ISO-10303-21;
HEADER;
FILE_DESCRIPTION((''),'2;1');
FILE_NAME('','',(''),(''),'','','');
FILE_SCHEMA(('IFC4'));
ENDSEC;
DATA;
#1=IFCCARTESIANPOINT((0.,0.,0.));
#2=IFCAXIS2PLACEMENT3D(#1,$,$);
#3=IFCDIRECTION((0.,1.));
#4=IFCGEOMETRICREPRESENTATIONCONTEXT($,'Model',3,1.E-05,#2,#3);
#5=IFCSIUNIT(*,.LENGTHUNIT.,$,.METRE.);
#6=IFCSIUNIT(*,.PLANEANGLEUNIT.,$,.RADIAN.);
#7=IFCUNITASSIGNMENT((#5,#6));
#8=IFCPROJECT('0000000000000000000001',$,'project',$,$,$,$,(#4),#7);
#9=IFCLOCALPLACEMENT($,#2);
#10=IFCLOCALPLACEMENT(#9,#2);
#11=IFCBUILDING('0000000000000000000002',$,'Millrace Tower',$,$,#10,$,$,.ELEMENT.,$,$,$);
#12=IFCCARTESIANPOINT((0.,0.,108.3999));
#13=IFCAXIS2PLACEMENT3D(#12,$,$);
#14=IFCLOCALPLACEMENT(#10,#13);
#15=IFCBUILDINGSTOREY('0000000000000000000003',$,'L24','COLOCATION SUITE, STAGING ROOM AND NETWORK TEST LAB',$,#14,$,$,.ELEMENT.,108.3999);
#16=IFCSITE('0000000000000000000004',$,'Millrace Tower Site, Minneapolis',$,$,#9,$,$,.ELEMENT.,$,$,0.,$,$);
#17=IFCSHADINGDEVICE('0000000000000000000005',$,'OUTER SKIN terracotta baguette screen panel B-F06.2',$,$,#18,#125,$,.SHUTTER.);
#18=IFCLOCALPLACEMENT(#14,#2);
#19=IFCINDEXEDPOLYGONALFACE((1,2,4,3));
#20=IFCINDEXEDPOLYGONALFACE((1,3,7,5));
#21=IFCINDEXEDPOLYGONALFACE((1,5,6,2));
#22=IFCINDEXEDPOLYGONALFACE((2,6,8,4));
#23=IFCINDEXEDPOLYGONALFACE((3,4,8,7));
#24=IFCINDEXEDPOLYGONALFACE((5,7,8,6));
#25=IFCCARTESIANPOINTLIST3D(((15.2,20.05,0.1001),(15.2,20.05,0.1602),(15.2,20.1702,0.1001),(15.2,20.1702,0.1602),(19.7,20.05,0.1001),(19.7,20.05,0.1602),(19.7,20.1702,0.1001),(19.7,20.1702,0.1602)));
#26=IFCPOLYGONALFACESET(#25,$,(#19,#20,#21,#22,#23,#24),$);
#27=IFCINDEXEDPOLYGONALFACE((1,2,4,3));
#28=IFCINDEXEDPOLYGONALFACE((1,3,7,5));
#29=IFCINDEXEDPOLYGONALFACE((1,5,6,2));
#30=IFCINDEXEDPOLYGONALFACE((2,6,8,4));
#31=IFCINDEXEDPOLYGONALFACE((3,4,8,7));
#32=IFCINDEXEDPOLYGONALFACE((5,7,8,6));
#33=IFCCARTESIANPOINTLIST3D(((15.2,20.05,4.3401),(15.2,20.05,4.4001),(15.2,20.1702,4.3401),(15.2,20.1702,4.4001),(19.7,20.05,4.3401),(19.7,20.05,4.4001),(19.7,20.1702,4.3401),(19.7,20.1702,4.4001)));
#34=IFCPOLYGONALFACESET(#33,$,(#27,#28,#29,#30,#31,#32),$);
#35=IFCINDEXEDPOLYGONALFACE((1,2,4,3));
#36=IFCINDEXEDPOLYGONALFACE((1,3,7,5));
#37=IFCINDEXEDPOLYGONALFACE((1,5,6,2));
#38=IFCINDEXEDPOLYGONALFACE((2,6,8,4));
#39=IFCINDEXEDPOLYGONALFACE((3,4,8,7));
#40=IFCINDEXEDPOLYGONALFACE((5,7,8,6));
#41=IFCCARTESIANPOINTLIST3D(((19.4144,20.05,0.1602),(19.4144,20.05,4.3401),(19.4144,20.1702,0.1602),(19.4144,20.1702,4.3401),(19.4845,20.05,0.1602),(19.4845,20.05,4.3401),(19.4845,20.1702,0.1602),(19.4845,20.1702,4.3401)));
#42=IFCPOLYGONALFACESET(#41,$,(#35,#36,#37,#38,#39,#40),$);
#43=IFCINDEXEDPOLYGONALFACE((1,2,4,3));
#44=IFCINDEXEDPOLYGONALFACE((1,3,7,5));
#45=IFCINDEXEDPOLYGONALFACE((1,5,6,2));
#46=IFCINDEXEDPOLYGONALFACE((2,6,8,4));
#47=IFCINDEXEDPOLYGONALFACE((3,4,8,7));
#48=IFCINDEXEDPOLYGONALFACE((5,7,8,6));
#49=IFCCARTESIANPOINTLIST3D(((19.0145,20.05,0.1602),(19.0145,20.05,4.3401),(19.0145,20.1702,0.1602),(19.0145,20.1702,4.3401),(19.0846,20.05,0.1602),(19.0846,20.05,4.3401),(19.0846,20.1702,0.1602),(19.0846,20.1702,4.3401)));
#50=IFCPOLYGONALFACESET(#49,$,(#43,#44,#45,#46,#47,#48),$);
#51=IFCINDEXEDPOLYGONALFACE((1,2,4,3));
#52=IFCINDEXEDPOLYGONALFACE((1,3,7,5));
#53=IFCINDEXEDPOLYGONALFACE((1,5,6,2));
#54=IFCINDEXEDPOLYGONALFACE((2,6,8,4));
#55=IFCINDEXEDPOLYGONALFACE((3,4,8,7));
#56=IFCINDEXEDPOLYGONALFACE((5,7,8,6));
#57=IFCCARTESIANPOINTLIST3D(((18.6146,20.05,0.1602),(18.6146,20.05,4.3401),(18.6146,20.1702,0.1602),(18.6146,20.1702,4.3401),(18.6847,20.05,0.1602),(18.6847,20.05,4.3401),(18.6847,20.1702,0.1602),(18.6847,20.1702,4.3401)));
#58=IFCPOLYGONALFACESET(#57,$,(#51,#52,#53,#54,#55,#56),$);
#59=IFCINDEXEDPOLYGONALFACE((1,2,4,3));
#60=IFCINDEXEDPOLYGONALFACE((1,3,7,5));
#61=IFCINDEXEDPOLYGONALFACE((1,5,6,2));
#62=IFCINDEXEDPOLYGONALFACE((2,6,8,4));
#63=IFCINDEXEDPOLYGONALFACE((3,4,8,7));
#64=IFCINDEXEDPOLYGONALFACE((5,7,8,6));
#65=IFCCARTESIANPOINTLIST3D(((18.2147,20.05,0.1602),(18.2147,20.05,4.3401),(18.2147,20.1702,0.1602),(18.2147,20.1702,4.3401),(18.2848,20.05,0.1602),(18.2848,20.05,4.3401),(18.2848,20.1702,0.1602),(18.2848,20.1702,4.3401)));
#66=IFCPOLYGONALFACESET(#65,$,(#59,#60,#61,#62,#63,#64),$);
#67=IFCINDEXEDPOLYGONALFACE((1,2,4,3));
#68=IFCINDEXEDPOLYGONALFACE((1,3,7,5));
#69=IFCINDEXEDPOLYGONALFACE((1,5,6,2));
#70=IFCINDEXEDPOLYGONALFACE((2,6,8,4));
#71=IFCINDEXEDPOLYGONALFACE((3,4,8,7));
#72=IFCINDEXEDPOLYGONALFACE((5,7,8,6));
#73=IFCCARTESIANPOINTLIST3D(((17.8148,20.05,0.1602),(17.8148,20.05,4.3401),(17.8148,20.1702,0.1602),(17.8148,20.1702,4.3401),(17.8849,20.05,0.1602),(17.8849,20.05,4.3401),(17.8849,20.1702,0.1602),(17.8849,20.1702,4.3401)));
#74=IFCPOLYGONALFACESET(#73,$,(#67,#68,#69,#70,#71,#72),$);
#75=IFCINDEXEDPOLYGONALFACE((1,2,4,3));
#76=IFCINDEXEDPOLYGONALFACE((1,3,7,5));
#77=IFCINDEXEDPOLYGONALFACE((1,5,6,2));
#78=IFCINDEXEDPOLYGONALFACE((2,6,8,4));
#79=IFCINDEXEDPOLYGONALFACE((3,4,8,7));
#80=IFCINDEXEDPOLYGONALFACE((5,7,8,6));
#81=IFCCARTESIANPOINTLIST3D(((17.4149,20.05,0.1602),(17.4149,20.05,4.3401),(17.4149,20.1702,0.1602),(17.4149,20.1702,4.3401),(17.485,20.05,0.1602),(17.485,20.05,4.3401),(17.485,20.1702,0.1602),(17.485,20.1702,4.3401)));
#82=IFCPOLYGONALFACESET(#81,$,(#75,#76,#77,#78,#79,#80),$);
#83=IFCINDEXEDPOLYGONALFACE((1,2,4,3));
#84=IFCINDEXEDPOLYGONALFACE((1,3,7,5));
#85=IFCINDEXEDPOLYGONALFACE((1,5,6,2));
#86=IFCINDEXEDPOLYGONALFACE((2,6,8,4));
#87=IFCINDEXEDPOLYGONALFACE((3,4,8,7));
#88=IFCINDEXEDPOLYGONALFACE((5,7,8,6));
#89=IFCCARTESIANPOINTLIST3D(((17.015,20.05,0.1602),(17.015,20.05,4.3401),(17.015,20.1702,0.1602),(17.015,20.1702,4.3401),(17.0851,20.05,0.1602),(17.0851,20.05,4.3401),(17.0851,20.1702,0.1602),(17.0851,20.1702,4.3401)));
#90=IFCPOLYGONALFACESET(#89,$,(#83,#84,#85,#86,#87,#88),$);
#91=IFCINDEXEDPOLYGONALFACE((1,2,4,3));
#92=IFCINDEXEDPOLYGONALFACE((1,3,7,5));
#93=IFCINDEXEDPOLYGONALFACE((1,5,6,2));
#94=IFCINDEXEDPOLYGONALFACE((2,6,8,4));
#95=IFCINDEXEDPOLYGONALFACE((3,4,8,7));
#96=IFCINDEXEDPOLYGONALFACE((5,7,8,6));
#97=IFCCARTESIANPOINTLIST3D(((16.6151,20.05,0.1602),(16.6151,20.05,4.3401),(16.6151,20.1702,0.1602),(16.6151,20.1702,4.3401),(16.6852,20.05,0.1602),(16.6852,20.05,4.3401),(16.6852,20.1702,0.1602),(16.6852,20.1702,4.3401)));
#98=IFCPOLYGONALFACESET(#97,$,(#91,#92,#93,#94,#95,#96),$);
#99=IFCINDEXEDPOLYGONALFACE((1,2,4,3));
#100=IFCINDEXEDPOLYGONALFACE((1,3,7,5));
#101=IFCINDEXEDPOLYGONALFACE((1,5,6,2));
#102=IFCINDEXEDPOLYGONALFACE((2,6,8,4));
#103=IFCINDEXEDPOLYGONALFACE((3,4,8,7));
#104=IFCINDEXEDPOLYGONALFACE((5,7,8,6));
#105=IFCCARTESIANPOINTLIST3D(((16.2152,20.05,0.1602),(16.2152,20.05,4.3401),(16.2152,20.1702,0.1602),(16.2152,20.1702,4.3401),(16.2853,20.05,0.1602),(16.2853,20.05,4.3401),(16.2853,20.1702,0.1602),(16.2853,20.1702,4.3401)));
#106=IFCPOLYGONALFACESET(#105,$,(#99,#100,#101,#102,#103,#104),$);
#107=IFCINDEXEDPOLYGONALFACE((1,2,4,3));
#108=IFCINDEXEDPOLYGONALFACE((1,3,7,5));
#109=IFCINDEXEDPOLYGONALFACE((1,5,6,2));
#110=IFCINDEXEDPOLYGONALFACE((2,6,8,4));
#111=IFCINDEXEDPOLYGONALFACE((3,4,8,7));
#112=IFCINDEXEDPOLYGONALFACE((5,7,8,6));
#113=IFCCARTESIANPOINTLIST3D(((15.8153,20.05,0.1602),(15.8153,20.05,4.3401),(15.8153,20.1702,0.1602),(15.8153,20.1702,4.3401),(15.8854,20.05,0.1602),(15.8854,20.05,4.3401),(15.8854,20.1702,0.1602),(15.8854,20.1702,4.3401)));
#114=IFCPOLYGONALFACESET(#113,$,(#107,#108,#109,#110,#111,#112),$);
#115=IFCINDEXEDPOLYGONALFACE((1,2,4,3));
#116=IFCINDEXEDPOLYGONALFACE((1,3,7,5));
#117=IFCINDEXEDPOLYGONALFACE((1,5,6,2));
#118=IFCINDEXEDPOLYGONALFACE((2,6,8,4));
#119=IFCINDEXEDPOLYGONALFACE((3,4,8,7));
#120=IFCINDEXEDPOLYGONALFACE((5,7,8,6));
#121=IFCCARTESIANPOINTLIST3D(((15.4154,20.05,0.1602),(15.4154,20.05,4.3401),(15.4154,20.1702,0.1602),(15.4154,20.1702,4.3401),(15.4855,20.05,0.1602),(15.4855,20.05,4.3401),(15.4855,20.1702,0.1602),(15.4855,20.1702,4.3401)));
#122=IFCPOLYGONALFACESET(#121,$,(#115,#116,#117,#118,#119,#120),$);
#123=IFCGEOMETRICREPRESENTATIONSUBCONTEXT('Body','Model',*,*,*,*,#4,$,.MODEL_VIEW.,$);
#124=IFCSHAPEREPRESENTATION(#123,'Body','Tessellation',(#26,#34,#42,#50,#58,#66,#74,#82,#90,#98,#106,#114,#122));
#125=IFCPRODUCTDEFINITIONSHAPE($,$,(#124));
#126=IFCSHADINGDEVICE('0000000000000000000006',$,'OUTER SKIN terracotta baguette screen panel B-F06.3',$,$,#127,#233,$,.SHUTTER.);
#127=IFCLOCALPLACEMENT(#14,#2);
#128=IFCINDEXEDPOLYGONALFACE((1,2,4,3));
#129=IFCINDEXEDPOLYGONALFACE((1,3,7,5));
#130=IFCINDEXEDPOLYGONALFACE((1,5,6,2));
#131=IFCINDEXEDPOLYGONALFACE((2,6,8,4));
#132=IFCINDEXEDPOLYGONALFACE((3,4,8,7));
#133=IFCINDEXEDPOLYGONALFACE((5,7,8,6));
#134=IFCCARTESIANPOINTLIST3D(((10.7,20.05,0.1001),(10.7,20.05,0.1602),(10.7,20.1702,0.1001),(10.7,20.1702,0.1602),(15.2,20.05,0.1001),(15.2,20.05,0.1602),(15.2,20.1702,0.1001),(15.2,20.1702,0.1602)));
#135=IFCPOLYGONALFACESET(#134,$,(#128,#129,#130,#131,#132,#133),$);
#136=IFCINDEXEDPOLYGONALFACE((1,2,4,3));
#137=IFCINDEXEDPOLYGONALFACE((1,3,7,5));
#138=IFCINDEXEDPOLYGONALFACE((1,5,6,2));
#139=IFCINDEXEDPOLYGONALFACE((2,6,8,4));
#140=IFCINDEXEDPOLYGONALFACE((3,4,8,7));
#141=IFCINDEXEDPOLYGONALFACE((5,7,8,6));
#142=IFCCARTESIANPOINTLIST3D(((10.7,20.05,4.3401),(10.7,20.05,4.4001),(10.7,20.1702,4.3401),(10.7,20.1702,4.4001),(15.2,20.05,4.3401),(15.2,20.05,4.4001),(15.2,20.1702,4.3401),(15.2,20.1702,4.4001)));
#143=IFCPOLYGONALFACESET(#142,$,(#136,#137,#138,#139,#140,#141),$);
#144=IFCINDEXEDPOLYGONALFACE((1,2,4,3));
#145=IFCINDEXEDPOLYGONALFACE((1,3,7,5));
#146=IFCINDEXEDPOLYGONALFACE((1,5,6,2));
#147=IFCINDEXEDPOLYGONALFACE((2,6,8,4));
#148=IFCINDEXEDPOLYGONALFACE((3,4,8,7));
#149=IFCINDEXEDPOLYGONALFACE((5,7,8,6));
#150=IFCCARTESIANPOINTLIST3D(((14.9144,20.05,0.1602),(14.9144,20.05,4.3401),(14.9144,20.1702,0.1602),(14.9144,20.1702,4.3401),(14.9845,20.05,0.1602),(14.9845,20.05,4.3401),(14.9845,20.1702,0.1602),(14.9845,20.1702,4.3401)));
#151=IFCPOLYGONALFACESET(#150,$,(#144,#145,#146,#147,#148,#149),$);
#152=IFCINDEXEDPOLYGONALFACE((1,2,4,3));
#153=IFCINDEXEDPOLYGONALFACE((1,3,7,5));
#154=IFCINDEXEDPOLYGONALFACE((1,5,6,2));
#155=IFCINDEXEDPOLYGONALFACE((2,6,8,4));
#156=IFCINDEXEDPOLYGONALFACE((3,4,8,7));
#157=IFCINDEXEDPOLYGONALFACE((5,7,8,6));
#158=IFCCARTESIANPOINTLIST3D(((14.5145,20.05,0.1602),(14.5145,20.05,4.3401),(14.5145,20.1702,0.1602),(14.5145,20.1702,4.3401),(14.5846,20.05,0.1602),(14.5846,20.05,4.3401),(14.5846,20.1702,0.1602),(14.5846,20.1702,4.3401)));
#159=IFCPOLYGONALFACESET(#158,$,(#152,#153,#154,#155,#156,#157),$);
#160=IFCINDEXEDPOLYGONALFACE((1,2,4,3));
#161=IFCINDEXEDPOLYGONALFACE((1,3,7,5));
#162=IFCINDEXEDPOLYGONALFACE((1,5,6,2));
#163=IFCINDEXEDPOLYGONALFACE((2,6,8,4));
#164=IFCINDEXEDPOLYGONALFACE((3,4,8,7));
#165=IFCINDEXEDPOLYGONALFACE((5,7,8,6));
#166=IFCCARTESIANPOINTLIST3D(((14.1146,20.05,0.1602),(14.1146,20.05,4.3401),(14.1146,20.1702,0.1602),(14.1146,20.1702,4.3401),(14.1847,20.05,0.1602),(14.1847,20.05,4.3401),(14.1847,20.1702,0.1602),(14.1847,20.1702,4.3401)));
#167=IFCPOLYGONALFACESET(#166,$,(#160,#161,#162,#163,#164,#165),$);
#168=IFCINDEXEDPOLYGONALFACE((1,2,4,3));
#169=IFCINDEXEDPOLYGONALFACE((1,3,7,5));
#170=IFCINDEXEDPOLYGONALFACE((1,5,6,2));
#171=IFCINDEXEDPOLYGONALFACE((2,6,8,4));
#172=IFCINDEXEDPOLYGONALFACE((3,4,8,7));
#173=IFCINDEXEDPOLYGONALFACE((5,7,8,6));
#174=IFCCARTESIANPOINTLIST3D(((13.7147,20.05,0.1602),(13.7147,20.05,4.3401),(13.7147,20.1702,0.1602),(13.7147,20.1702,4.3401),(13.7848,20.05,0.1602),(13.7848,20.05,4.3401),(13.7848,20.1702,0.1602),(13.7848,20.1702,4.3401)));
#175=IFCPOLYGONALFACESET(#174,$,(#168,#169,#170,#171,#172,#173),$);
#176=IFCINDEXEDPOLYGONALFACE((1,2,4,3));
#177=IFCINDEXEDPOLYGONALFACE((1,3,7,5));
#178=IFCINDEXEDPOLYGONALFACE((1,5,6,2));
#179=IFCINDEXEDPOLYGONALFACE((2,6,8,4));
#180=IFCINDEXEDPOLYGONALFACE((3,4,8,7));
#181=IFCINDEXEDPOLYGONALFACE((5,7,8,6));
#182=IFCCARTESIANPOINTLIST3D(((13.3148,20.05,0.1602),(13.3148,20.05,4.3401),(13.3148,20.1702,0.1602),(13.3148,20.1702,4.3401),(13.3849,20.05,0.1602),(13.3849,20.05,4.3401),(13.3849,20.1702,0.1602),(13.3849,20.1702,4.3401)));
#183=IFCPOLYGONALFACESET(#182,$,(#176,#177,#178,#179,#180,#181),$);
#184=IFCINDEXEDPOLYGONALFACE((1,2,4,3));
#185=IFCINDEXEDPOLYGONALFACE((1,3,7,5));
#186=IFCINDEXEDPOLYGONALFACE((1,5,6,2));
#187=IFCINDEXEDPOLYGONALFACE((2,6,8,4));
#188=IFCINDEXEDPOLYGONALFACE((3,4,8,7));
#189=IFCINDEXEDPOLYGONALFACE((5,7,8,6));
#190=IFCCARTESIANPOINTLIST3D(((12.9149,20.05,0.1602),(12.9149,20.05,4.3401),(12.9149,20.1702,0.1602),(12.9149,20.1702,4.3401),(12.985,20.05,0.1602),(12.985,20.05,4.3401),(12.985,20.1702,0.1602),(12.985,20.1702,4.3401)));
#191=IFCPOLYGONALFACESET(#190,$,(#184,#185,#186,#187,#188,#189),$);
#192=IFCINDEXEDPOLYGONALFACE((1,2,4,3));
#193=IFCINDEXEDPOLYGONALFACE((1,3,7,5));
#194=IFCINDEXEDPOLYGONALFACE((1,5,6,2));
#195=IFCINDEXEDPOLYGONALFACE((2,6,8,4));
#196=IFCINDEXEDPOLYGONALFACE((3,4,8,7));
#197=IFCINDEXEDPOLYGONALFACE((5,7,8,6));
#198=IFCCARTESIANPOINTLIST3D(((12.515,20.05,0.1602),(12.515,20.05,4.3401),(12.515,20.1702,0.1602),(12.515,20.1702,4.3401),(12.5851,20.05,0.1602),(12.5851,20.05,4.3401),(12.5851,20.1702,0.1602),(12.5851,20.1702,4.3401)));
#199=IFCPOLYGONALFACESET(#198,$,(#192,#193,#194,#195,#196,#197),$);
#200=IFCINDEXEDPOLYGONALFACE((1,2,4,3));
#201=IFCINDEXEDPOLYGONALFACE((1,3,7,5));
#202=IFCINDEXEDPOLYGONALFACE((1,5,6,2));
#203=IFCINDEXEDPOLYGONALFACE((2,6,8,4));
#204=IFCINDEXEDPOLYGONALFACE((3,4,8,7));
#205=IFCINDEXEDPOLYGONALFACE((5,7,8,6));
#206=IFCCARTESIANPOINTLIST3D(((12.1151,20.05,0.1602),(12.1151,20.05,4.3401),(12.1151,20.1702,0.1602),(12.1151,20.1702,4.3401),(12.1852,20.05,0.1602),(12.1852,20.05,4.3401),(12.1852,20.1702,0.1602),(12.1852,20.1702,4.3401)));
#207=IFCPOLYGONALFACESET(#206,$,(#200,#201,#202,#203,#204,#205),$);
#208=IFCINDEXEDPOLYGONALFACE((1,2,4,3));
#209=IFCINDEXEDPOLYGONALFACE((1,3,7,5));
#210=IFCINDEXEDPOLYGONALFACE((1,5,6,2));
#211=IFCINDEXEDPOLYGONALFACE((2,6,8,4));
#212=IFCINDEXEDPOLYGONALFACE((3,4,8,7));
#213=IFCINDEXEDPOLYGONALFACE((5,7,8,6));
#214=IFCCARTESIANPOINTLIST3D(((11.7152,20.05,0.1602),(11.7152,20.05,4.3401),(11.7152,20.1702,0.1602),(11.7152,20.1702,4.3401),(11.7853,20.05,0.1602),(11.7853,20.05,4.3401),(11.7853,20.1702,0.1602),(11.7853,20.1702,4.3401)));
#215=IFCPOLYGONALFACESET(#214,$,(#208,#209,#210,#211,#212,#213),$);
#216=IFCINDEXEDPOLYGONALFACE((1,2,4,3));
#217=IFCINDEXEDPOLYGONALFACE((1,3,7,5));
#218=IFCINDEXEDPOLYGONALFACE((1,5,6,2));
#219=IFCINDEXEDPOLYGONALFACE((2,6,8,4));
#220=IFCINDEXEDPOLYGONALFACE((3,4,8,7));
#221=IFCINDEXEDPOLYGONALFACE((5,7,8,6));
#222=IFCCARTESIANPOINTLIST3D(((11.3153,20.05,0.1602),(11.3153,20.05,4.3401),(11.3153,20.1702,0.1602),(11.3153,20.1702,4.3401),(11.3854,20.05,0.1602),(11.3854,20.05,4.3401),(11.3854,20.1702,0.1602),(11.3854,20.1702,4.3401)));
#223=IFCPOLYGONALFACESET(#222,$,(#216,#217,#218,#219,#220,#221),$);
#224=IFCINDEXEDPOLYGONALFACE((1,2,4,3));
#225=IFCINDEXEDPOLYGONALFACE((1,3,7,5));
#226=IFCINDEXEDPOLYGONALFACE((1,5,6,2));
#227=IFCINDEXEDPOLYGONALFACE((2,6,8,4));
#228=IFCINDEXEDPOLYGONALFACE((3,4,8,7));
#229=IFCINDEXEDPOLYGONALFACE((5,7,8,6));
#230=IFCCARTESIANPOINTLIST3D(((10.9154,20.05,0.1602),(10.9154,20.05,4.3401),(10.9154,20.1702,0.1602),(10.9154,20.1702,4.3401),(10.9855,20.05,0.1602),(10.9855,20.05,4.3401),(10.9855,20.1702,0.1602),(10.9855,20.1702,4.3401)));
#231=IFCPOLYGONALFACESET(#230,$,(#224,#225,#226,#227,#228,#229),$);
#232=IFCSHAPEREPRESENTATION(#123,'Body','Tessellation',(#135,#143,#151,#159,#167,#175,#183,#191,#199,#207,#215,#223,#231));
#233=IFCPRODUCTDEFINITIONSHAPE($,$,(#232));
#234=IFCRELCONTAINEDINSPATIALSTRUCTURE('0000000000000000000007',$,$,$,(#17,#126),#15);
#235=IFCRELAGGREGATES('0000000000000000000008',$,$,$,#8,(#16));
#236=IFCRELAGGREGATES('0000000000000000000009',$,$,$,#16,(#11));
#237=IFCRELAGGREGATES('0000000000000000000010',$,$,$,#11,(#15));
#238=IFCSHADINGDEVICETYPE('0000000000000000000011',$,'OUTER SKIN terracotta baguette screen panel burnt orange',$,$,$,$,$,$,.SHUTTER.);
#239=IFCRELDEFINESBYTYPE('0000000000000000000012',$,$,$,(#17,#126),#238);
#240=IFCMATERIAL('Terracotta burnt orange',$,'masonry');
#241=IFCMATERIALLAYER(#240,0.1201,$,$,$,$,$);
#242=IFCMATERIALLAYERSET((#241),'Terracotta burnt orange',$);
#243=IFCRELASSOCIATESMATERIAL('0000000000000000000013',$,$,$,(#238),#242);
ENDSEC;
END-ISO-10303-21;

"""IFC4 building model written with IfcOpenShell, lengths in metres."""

from ifc_helpers import new_model, entity, si_unit, direction, frame, frame_2d, origin, origin_2d, place, context, subcontext, project, spatial, rectangle, extrude, source, transform, mapped, material, layer, layer_set, type_object, element, save


model = new_model("IFC4")

# Units and contexts
model_context = context("Model", 3, precision=1e-05, world=origin(), true_north=direction((0.0, 1.0)))
body_context = subcontext(model_context, "Body", "Model", "MODEL_VIEW")
ifc_project = project(units=[si_unit("LENGTHUNIT", "METRE"), si_unit("PLANEANGLEUNIT", "RADIAN")], contexts=[model_context])

# Site, building, storey
site_placement = place(None, origin())
site = spatial("IfcSite", under=ifc_project, at=site_placement, Name="Millrace Tower Site, Minneapolis", CompositionType="ELEMENT", RefElevation=0.0)
building_placement = place(site_placement, origin())
building = spatial("IfcBuilding", under=site, at=building_placement, Name="Millrace Tower", CompositionType="ELEMENT")
storey_placement = place(building_placement, frame((0.0, 0.0, 108.3999)))
storey = spatial("IfcBuildingStorey", under=building, at=storey_placement, Name="L24", Description="COLOCATION SUITE, STAGING ROOM AND NETWORK TEST LAB", CompositionType="ELEMENT", Elevation=108.3999)

# Shading devices
ifc_material_1 = material(Name="Terracotta burnt orange", Category="masonry")
ifc_layer_1 = layer(ifc_material_1, 0.1201)
ifc_layer_set_1 = layer_set([ifc_layer_1], Name="Terracotta burnt orange")
shading_device_type = type_object("IfcShadingDeviceType", Name="OUTER SKIN terracotta baguette screen panel burnt orange", PredefinedType="SHUTTER", material=ifc_layer_set_1)
cartesian_point_1 = entity("IfcCartesianPoint", [-2.25, 0.0601])
shared_polyline_1 = entity("IfcPolyline", [cartesian_point_1, entity("IfcCartesianPoint", [2.25, 0.0601]), entity("IfcCartesianPoint", [2.25, -0.0601]), entity("IfcCartesianPoint", [-2.25, -0.0601]), cartesian_point_1])
shared_shape_1 = source(origin(), body_context, "Body", "SweptSolid", [
    entity("IfcExtrudedAreaSolid", entity("IfcArbitraryClosedProfileDef", "AREA", None, shared_polyline_1), entity("IfcAxis2Placement3D", entity("IfcCartesianPoint", [0.0, 0.0, 0.0])), entity("IfcDirection", [0.0, 0.0, 1.0]), 0.0601),
    entity("IfcExtrudedAreaSolid", entity("IfcArbitraryClosedProfileDef", "AREA", None, shared_polyline_1), entity("IfcAxis2Placement3D", entity("IfcCartesianPoint", [0.0, 0.0, 4.24])), entity("IfcDirection", [0.0, 0.0, 1.0]), 0.0601),
    extrude(rectangle(XDim=0.0701, YDim=0.1201, at=frame_2d((-1.9995, 0.0))), frame((0.0, 0.0, 0.0601)), (0.0, 0.0, 1.0), 4.1799),
    extrude(rectangle(XDim=0.0701, YDim=0.1201, at=frame_2d((-1.5996, 0.0))), frame((0.0, 0.0, 0.0601)), (0.0, 0.0, 1.0), 4.1799),
    extrude(rectangle(XDim=0.0701, YDim=0.1201, at=frame_2d((-1.1997, 0.0))), frame((0.0, 0.0, 0.0601)), (0.0, 0.0, 1.0), 4.1799),
    extrude(rectangle(XDim=0.0701, YDim=0.1201, at=frame_2d((-0.7998, 0.0))), frame((0.0, 0.0, 0.0601)), (0.0, 0.0, 1.0), 4.1799),
    extrude(rectangle(XDim=0.0701, YDim=0.1201, at=frame_2d((-0.3999, 0.0))), frame((0.0, 0.0, 0.0601)), (0.0, 0.0, 1.0), 4.1799),
    extrude(rectangle(XDim=0.0701, YDim=0.1201, at=origin_2d()), frame((0.0, 0.0, 0.0601)), (0.0, 0.0, 1.0), 4.1799),
    extrude(rectangle(XDim=0.0701, YDim=0.1201, at=frame_2d((0.3999, 0.0))), frame((0.0, 0.0, 0.0601)), (0.0, 0.0, 1.0), 4.1799),
    extrude(rectangle(XDim=0.0701, YDim=0.1201, at=frame_2d((0.7998, 0.0))), frame((0.0, 0.0, 0.0601)), (0.0, 0.0, 1.0), 4.1799),
    extrude(rectangle(XDim=0.0701, YDim=0.1201, at=frame_2d((1.1997, 0.0))), frame((0.0, 0.0, 0.0601)), (0.0, 0.0, 1.0), 4.1799),
    extrude(rectangle(XDim=0.0701, YDim=0.1201, at=frame_2d((1.5996, 0.0))), frame((0.0, 0.0, 0.0601)), (0.0, 0.0, 1.0), 4.1799),
    extrude(rectangle(XDim=0.0701, YDim=0.1201, at=frame_2d((1.9995, 0.0))), frame((0.0, 0.0, 0.0601)), (0.0, 0.0, 1.0), 4.1799),
])
for number, where, z_axis, x_axis, name in (
    (1, (17.45, 20.1101, 0.1001), (0.0, 0.0, 1.0), (-1.0, 0.0, 0.0), "OUTER SKIN terracotta baguette screen panel B-F06.2"),
    (2, (12.95, 20.1101, 0.1001), (0.0, 0.0, 1.0), (-1.0, 0.0, 0.0), "OUTER SKIN terracotta baguette screen panel B-F06.3"),
):
    element("IfcShadingDevice", number, at=place(storey_placement, frame(where, z_axis=z_axis, x_axis=x_axis)), inside=storey, type_object=shading_device_type, Name=name, PredefinedType="SHUTTER", context=body_context, shape_type="MappedRepresentation", body=[
        mapped(shared_shape_1, transform((0.0, 0.0, 0.0), scale=1.0)),
    ])

save(model, "model.ifc")
